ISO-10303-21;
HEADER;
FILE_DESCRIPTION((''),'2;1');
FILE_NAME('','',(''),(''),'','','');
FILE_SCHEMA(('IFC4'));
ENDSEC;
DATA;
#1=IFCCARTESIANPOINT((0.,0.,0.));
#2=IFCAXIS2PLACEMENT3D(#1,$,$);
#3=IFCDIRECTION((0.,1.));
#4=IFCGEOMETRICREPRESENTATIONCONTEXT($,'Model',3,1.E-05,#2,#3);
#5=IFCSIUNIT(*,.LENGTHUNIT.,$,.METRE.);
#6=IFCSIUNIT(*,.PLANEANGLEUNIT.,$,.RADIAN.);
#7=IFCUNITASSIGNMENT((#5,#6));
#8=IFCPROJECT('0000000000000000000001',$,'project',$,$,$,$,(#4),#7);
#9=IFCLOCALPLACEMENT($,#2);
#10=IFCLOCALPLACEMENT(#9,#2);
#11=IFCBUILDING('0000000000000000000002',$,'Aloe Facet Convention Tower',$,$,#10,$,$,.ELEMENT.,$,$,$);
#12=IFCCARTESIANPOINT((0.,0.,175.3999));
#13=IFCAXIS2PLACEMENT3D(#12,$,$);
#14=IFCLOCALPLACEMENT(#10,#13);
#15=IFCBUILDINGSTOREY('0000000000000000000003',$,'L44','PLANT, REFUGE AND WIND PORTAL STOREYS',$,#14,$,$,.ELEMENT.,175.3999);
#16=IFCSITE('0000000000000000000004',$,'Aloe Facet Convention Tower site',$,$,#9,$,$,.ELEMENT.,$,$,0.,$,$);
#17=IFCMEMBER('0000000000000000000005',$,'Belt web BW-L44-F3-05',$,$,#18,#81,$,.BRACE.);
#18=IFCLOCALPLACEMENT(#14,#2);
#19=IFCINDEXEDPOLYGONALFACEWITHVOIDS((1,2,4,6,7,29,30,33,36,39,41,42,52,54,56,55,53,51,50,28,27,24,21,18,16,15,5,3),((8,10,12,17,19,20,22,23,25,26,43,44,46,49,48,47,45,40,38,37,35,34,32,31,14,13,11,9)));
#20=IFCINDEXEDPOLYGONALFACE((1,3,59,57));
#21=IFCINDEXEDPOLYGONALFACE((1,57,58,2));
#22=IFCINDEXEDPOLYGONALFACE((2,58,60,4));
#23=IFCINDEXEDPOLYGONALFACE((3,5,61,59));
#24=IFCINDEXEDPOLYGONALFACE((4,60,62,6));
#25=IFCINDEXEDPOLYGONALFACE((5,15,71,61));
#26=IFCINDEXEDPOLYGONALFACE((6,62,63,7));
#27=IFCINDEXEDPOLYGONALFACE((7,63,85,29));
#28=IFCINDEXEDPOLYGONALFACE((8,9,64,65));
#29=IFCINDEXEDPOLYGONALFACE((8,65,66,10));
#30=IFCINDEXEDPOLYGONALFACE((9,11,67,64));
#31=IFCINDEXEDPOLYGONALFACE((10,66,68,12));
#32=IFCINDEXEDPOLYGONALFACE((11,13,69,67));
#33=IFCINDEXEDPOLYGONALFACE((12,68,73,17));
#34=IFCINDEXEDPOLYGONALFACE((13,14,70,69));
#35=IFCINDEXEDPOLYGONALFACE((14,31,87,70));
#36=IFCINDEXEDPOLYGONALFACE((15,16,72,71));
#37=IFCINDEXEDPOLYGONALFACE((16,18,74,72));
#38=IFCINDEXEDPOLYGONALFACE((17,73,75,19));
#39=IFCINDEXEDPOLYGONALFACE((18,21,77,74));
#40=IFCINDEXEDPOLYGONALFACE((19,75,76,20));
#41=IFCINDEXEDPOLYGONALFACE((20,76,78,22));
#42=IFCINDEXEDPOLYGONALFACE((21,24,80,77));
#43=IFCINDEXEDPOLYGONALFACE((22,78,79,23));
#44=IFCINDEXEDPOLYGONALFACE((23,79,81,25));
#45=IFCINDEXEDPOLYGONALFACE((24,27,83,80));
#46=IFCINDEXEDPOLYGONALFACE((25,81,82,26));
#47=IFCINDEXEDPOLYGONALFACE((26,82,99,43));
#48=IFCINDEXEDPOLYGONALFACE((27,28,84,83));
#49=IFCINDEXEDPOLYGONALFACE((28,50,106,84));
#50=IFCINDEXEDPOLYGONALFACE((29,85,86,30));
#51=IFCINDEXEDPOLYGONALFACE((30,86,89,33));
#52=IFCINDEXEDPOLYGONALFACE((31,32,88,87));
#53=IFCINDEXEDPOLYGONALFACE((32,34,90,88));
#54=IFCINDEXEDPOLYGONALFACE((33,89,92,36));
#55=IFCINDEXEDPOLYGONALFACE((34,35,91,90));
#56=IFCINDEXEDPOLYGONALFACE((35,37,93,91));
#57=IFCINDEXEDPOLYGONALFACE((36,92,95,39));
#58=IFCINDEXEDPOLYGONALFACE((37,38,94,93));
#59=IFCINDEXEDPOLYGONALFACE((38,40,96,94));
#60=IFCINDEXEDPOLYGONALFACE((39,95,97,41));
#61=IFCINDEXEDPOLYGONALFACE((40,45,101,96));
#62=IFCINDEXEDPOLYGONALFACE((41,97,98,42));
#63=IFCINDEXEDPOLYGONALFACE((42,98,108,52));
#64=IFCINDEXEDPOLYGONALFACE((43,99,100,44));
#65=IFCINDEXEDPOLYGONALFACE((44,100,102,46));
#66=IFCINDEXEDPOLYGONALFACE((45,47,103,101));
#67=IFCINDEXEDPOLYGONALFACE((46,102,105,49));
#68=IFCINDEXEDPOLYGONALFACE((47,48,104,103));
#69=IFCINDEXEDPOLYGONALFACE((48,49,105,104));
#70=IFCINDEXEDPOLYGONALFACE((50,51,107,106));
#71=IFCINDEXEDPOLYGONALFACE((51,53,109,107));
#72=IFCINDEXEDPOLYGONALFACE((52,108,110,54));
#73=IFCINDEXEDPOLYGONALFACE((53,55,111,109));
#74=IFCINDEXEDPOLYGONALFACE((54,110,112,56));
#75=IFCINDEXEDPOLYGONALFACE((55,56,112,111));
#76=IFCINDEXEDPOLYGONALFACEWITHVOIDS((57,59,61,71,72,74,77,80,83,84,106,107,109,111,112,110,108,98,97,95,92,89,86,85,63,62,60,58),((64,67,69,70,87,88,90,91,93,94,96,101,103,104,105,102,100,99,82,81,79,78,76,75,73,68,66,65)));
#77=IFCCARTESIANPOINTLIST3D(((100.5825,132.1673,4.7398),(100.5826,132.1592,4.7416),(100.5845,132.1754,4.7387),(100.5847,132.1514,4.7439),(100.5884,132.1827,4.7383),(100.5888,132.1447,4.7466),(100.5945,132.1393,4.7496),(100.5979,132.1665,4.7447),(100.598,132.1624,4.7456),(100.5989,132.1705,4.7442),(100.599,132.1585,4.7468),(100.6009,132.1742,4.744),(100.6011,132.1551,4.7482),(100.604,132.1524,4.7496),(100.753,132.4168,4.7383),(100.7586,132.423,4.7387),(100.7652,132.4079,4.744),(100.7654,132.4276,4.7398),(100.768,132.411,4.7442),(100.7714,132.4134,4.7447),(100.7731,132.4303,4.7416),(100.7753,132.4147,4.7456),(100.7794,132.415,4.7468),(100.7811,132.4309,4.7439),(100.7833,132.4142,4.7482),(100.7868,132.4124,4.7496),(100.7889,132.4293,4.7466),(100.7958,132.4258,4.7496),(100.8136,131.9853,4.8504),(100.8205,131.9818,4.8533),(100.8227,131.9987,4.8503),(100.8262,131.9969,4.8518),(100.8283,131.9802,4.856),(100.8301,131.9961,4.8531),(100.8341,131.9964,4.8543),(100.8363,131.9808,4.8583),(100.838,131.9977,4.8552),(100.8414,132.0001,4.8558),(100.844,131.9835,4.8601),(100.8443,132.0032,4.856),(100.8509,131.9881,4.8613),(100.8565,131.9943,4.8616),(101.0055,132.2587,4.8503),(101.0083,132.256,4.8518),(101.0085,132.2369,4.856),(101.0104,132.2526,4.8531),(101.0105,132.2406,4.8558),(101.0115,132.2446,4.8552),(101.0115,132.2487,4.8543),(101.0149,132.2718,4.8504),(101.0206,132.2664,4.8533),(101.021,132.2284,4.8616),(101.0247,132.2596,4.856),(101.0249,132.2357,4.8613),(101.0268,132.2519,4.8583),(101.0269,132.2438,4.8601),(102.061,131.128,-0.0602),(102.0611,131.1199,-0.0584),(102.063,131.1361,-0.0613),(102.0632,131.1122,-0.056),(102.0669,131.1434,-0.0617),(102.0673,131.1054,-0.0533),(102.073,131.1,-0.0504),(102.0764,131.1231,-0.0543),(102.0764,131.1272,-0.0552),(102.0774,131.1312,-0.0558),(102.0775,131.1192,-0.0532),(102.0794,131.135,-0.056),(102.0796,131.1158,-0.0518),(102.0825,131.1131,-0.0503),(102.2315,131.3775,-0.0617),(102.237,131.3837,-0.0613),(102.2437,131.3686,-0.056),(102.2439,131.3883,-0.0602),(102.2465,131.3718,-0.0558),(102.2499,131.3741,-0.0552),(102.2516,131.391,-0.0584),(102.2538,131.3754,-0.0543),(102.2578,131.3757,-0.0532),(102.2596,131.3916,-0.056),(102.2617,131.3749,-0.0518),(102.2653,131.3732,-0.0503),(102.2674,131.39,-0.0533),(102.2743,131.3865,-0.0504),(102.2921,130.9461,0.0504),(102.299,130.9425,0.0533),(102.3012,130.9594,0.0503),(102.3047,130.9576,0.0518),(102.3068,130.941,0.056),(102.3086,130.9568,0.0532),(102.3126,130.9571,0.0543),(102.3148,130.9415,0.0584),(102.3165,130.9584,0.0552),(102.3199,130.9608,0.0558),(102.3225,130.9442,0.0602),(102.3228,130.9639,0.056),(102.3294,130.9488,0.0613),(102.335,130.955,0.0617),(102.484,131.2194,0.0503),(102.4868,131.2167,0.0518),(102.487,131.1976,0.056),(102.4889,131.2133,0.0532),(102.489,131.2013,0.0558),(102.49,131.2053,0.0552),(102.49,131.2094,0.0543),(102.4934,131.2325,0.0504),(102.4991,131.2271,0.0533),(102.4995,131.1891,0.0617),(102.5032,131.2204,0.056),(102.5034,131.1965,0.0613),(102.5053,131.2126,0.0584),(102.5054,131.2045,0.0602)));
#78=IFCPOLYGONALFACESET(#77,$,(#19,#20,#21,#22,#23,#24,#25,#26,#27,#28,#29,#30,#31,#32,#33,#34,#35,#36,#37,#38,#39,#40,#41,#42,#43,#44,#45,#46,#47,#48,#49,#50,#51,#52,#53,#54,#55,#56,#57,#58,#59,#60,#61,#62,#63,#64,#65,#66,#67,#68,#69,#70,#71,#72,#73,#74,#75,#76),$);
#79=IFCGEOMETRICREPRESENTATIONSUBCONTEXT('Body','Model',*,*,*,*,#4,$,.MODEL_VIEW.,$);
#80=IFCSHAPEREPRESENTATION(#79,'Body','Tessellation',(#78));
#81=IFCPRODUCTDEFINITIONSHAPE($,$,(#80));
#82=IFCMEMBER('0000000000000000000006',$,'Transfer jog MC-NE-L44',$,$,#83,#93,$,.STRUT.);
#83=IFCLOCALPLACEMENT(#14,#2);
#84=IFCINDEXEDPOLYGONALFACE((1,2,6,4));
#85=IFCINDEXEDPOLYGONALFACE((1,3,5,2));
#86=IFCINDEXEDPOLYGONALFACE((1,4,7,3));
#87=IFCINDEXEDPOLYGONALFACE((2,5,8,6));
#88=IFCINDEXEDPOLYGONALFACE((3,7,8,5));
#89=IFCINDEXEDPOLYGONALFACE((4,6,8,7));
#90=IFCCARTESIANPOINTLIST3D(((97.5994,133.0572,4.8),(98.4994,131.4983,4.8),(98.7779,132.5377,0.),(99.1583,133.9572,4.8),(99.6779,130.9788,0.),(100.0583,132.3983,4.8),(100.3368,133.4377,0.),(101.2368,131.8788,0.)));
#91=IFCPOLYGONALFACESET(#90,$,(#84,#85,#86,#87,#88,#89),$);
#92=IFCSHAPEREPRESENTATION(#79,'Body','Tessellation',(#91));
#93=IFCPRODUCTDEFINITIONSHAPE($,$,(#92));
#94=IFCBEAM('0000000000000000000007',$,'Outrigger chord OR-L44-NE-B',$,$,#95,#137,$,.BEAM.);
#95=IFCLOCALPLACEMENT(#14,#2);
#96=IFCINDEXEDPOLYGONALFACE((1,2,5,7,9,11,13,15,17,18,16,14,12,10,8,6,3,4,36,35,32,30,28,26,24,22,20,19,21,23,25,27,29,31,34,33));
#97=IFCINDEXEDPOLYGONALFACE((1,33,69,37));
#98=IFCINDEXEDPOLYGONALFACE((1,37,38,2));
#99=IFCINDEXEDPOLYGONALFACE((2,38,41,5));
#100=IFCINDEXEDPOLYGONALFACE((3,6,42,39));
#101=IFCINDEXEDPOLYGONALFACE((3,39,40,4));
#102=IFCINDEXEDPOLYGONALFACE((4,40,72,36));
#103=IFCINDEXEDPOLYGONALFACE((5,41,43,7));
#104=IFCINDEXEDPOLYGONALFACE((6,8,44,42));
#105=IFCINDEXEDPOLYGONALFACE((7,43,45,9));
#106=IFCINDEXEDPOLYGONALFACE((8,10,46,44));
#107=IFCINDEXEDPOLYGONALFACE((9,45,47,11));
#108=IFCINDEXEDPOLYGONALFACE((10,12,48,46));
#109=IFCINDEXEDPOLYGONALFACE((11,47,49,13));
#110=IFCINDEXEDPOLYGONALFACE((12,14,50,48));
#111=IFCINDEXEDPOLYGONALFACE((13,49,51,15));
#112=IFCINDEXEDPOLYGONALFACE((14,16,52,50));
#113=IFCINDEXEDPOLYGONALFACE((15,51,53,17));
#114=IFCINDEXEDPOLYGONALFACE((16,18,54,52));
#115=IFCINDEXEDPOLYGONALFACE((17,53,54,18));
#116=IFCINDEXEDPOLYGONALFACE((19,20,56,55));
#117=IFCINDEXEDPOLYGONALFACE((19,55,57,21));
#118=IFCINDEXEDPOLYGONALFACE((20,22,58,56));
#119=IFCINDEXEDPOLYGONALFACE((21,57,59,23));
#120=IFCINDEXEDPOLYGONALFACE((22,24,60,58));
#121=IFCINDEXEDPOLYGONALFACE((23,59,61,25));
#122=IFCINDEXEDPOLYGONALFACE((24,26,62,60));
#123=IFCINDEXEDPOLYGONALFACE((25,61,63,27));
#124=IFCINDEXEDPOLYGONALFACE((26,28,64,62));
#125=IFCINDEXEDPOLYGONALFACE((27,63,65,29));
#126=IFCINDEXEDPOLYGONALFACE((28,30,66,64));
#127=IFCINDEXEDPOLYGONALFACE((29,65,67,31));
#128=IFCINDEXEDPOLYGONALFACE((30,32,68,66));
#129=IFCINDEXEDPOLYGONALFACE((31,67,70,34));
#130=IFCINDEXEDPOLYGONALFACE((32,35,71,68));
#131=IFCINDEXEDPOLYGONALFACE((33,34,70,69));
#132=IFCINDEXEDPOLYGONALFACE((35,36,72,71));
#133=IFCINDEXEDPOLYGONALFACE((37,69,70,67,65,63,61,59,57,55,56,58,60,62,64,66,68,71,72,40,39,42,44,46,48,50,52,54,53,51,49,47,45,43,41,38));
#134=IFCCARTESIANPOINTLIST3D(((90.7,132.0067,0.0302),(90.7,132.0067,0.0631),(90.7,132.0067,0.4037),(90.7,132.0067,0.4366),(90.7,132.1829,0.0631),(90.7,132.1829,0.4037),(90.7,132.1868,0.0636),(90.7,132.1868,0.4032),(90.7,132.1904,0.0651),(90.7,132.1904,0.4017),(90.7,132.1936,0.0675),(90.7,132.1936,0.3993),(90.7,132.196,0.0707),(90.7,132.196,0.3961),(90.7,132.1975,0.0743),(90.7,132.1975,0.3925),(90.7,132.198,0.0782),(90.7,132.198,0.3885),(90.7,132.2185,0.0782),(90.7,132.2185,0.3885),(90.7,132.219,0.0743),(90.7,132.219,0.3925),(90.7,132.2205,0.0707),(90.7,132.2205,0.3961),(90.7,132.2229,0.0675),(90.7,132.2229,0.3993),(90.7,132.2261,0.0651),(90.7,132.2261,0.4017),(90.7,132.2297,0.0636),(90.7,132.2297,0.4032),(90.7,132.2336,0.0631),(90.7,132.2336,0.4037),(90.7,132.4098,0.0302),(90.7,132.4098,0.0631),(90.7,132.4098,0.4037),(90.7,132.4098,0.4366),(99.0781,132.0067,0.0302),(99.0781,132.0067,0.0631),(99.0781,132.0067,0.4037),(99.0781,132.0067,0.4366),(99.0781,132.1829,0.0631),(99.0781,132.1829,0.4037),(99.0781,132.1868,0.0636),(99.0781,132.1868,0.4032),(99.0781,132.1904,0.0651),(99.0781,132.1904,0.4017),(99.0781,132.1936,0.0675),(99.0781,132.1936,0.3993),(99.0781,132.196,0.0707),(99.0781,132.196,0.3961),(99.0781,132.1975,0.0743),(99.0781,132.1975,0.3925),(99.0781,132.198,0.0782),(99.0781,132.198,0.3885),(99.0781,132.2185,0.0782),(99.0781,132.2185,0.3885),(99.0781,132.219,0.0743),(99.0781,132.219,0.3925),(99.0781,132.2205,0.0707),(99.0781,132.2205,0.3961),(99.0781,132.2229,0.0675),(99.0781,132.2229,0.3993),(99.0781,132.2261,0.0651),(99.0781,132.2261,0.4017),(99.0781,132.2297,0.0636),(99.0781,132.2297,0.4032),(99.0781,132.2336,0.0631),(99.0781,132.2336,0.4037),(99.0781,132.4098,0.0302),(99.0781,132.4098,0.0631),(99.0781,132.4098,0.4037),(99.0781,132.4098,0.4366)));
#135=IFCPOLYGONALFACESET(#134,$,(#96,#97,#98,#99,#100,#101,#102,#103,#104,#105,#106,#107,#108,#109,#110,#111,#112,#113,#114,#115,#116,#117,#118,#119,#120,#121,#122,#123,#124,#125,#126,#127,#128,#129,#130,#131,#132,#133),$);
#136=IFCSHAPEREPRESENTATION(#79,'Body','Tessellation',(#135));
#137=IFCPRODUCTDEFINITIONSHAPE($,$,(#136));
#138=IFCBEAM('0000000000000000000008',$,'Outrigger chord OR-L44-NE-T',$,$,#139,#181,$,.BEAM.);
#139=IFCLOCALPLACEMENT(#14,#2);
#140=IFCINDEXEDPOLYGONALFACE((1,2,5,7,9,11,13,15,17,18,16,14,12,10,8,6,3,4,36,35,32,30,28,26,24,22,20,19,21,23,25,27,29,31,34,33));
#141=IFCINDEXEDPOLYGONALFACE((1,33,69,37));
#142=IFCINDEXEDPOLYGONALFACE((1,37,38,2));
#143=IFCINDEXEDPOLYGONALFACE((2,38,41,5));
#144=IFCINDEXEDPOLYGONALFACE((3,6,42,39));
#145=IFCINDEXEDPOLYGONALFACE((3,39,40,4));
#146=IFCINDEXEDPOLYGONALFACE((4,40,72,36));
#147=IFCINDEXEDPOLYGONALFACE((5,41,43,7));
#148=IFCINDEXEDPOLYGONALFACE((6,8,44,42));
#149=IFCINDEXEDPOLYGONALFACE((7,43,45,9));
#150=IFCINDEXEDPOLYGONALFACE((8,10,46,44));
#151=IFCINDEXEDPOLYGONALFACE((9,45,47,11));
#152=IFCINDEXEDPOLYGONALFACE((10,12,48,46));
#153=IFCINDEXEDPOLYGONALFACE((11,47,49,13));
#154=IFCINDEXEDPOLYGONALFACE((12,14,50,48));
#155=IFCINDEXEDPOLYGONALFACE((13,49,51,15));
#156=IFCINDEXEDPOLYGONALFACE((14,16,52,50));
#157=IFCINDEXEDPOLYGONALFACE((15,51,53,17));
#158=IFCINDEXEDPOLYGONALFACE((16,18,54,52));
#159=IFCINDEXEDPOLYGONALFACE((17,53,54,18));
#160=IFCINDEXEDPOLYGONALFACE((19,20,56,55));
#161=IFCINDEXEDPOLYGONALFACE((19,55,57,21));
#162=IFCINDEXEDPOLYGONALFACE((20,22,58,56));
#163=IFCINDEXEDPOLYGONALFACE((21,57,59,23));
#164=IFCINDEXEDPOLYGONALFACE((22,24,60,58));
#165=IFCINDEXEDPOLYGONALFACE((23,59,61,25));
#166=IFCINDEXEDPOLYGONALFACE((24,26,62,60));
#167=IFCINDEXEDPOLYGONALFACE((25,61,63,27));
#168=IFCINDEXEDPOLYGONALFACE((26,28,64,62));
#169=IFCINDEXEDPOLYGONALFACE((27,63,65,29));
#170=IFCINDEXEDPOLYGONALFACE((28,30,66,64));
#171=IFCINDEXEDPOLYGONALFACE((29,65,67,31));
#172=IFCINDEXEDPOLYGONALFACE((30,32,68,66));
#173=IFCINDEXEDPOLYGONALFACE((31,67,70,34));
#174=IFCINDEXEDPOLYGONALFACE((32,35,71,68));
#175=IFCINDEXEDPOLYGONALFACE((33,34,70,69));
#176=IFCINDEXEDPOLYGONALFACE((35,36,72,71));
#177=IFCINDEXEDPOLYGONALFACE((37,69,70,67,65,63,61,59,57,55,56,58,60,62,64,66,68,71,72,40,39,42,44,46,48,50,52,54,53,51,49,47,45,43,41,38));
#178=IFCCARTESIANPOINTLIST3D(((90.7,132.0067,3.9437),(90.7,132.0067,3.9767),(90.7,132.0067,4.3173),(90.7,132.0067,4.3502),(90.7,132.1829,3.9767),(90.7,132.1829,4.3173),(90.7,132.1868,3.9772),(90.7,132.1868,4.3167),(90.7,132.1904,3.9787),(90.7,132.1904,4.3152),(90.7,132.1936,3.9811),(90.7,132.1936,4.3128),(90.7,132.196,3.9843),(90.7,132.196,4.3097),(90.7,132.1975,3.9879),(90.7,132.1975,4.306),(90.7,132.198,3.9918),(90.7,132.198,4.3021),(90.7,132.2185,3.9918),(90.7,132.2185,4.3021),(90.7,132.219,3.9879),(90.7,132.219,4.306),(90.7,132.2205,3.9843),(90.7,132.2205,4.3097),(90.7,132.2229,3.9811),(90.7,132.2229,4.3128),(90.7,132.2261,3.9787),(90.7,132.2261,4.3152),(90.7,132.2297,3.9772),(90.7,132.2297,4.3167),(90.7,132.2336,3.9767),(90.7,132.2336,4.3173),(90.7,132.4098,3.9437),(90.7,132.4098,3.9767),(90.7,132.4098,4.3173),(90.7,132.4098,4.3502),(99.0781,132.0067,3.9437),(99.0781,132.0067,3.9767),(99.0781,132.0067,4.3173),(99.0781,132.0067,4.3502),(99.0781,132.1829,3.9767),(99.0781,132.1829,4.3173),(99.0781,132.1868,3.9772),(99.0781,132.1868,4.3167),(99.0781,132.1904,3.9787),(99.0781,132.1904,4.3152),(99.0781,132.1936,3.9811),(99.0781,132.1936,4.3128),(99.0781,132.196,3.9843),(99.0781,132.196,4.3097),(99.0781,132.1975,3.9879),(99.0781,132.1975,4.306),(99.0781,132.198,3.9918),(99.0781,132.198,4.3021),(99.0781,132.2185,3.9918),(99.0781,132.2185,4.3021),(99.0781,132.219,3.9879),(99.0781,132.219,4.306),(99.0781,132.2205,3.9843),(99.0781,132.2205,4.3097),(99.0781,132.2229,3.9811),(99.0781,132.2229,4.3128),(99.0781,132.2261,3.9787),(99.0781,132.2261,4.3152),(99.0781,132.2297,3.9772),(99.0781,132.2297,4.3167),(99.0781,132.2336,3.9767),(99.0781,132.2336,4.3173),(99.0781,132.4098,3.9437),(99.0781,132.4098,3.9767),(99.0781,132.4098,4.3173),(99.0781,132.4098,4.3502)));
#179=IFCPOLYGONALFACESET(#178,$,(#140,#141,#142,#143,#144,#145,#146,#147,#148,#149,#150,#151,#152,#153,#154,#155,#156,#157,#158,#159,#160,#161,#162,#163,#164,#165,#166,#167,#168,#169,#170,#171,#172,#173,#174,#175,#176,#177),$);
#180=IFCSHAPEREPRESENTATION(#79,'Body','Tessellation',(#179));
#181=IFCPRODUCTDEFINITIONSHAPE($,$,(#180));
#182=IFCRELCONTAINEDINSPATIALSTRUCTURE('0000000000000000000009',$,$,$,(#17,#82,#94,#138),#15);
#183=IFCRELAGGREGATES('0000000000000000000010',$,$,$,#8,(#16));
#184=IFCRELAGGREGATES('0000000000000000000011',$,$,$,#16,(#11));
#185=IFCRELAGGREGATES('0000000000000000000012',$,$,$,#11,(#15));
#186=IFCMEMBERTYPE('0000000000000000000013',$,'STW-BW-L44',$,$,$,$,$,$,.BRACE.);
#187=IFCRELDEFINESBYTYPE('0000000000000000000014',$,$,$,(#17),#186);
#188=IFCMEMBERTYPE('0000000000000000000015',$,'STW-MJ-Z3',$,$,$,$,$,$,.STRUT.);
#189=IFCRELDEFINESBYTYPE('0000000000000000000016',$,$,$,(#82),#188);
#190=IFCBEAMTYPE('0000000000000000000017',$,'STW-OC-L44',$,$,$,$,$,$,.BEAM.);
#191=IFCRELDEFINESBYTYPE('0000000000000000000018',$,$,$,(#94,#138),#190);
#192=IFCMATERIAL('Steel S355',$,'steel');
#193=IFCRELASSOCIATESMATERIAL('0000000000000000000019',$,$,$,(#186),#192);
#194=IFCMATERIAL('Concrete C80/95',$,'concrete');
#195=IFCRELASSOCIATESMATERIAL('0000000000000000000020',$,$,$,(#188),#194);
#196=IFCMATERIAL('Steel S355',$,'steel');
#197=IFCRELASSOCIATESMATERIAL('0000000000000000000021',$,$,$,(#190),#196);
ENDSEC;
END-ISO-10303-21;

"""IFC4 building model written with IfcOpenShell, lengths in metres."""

from ifc_helpers import new_model, si_unit, direction, frame, origin, origin_2d, place, context, subcontext, project, spatial, rectangle, hollow_rectangle, i_section, extrude, material, material_profile, profile_set, type_object, element, save


model = new_model("IFC4")

# Units and contexts
model_context = context("Model", 3, precision=1e-05, world=origin(), true_north=direction((0.0, 1.0)))
body_context = subcontext(model_context, "Body", "Model", "MODEL_VIEW")
ifc_project = project(units=[si_unit("LENGTHUNIT", "METRE"), si_unit("PLANEANGLEUNIT", "RADIAN")], contexts=[model_context])

# Site, building, storey
site_placement = place(None, origin())
site = spatial("IfcSite", under=ifc_project, at=site_placement, Name="Aloe Facet Convention Tower site", CompositionType="ELEMENT", RefElevation=0.0)
building_placement = place(site_placement, origin())
building = spatial("IfcBuilding", under=site, at=building_placement, Name="Aloe Facet Convention Tower", CompositionType="ELEMENT")
storey_placement = place(building_placement, frame((0.0, 0.0, 175.3999)))
storey = spatial("IfcBuildingStorey", under=building, at=storey_placement, Name="L44", Description="PLANT, REFUGE AND WIND PORTAL STOREYS", CompositionType="ELEMENT", Elevation=175.3999)

# Members
ifc_material_1 = material(Name="Steel S355", Category="steel")
ifc_material_profile_1 = material_profile(ifc_material_1, hollow_rectangle(XDim=0.3501, YDim=0.3501, WallThickness=0.0161, InnerFilletRadius=0.0161, OuterFilletRadius=0.032, at=origin_2d()), Name="SHS 350x350x16")
ifc_profile_set_1 = profile_set([ifc_material_profile_1], Name="Steel S355")
member_type_1 = type_object("IfcMemberType", Name="STW-BW-L44", PredefinedType="BRACE", material=ifc_profile_set_1)
member_1_placement = place(storey_placement, frame((102.2832, 131.1663, 0.0), z_axis=(-0.288266, 0.202633, 0.935865), x_axis=(-0.575075, -0.818101, 0.0)))
element("IfcMember", 1, at=member_1_placement, inside=storey, type_object=member_type_1, Name="Belt web BW-L44-F3-05", PredefinedType="BRACE", context=body_context, shape_type="SweptSolid", body=[
    extrude(hollow_rectangle(XDim=0.3501, YDim=0.3501, WallThickness=0.0161, InnerFilletRadius=0.0161, OuterFilletRadius=0.032, at=origin_2d()), origin(), (0.0, 0.0, 1.0), 5.1289),
])
ifc_material_2 = material(Name="Concrete C80/95", Category="concrete")
ifc_material_profile_2 = material_profile(ifc_material_2, rectangle(XDim=1.8, YDim=1.8, at=origin_2d()), Name="STW-MJ-Z3")
ifc_profile_set_2 = profile_set([ifc_material_profile_2], Name="Concrete C80/95")
member_type_2 = type_object("IfcMemberType", Name="STW-MJ-Z3", PredefinedType="STRUT", material=ifc_profile_set_2)
member_2_placement = place(storey_placement, frame((100.0073, 132.2083, 0.0), z_axis=(0.0, 0.0, 1.0), x_axis=(-0.5, 0.866025, 0.0)))
element("IfcMember", 2, at=member_2_placement, inside=storey, type_object=member_type_2, Name="Transfer jog MC-NE-L44", PredefinedType="STRUT", context=body_context, shape_type="SweptSolid", body=[
    extrude(rectangle(XDim=1.8, YDim=1.8, at=origin_2d()), origin(), (0.209094, 0.153087, 0.965839), 4.9697),
])

# Beams
ifc_material_3 = material(Name="Steel S355", Category="steel")
ifc_material_profile_3 = material_profile(ifc_material_3, i_section(OverallWidth=0.4031, OverallDepth=0.4065, WebThickness=0.0205, FlangeThickness=0.033, FilletRadius=0.0151, at=origin_2d()), Name="UC 356x406x340")
ifc_profile_set_3 = profile_set([ifc_material_profile_3], Name="Steel S355")
beam_type_1 = type_object("IfcBeamType", Name="STW-OC-L44", PredefinedType="BEAM", material=ifc_profile_set_3)
for number, where, z_axis, x_axis, name in (
    (3, (90.7, 132.2083, 0.2334), (1.0, 0.0, 0.0), (0.0, 1.0, 0.0), "Outrigger chord OR-L44-NE-B"),
    (4, (90.7, 132.2083, 4.147), (1.0, 0.0, 0.0), (0.0, 1.0, 0.0), "Outrigger chord OR-L44-NE-T"),
):
    element("IfcBeam", number, at=place(storey_placement, frame(where, z_axis=z_axis, x_axis=x_axis)), inside=storey, type_object=beam_type_1, Name=name, PredefinedType="BEAM", context=body_context, shape_type="SweptSolid", body=[
        extrude(i_section(OverallWidth=0.4031, OverallDepth=0.4065, WebThickness=0.0205, FlangeThickness=0.033, FilletRadius=0.0151, at=origin_2d()), origin(), (0.0, 0.0, 1.0), 8.3782),
    ])

save(model, "model.ifc")
